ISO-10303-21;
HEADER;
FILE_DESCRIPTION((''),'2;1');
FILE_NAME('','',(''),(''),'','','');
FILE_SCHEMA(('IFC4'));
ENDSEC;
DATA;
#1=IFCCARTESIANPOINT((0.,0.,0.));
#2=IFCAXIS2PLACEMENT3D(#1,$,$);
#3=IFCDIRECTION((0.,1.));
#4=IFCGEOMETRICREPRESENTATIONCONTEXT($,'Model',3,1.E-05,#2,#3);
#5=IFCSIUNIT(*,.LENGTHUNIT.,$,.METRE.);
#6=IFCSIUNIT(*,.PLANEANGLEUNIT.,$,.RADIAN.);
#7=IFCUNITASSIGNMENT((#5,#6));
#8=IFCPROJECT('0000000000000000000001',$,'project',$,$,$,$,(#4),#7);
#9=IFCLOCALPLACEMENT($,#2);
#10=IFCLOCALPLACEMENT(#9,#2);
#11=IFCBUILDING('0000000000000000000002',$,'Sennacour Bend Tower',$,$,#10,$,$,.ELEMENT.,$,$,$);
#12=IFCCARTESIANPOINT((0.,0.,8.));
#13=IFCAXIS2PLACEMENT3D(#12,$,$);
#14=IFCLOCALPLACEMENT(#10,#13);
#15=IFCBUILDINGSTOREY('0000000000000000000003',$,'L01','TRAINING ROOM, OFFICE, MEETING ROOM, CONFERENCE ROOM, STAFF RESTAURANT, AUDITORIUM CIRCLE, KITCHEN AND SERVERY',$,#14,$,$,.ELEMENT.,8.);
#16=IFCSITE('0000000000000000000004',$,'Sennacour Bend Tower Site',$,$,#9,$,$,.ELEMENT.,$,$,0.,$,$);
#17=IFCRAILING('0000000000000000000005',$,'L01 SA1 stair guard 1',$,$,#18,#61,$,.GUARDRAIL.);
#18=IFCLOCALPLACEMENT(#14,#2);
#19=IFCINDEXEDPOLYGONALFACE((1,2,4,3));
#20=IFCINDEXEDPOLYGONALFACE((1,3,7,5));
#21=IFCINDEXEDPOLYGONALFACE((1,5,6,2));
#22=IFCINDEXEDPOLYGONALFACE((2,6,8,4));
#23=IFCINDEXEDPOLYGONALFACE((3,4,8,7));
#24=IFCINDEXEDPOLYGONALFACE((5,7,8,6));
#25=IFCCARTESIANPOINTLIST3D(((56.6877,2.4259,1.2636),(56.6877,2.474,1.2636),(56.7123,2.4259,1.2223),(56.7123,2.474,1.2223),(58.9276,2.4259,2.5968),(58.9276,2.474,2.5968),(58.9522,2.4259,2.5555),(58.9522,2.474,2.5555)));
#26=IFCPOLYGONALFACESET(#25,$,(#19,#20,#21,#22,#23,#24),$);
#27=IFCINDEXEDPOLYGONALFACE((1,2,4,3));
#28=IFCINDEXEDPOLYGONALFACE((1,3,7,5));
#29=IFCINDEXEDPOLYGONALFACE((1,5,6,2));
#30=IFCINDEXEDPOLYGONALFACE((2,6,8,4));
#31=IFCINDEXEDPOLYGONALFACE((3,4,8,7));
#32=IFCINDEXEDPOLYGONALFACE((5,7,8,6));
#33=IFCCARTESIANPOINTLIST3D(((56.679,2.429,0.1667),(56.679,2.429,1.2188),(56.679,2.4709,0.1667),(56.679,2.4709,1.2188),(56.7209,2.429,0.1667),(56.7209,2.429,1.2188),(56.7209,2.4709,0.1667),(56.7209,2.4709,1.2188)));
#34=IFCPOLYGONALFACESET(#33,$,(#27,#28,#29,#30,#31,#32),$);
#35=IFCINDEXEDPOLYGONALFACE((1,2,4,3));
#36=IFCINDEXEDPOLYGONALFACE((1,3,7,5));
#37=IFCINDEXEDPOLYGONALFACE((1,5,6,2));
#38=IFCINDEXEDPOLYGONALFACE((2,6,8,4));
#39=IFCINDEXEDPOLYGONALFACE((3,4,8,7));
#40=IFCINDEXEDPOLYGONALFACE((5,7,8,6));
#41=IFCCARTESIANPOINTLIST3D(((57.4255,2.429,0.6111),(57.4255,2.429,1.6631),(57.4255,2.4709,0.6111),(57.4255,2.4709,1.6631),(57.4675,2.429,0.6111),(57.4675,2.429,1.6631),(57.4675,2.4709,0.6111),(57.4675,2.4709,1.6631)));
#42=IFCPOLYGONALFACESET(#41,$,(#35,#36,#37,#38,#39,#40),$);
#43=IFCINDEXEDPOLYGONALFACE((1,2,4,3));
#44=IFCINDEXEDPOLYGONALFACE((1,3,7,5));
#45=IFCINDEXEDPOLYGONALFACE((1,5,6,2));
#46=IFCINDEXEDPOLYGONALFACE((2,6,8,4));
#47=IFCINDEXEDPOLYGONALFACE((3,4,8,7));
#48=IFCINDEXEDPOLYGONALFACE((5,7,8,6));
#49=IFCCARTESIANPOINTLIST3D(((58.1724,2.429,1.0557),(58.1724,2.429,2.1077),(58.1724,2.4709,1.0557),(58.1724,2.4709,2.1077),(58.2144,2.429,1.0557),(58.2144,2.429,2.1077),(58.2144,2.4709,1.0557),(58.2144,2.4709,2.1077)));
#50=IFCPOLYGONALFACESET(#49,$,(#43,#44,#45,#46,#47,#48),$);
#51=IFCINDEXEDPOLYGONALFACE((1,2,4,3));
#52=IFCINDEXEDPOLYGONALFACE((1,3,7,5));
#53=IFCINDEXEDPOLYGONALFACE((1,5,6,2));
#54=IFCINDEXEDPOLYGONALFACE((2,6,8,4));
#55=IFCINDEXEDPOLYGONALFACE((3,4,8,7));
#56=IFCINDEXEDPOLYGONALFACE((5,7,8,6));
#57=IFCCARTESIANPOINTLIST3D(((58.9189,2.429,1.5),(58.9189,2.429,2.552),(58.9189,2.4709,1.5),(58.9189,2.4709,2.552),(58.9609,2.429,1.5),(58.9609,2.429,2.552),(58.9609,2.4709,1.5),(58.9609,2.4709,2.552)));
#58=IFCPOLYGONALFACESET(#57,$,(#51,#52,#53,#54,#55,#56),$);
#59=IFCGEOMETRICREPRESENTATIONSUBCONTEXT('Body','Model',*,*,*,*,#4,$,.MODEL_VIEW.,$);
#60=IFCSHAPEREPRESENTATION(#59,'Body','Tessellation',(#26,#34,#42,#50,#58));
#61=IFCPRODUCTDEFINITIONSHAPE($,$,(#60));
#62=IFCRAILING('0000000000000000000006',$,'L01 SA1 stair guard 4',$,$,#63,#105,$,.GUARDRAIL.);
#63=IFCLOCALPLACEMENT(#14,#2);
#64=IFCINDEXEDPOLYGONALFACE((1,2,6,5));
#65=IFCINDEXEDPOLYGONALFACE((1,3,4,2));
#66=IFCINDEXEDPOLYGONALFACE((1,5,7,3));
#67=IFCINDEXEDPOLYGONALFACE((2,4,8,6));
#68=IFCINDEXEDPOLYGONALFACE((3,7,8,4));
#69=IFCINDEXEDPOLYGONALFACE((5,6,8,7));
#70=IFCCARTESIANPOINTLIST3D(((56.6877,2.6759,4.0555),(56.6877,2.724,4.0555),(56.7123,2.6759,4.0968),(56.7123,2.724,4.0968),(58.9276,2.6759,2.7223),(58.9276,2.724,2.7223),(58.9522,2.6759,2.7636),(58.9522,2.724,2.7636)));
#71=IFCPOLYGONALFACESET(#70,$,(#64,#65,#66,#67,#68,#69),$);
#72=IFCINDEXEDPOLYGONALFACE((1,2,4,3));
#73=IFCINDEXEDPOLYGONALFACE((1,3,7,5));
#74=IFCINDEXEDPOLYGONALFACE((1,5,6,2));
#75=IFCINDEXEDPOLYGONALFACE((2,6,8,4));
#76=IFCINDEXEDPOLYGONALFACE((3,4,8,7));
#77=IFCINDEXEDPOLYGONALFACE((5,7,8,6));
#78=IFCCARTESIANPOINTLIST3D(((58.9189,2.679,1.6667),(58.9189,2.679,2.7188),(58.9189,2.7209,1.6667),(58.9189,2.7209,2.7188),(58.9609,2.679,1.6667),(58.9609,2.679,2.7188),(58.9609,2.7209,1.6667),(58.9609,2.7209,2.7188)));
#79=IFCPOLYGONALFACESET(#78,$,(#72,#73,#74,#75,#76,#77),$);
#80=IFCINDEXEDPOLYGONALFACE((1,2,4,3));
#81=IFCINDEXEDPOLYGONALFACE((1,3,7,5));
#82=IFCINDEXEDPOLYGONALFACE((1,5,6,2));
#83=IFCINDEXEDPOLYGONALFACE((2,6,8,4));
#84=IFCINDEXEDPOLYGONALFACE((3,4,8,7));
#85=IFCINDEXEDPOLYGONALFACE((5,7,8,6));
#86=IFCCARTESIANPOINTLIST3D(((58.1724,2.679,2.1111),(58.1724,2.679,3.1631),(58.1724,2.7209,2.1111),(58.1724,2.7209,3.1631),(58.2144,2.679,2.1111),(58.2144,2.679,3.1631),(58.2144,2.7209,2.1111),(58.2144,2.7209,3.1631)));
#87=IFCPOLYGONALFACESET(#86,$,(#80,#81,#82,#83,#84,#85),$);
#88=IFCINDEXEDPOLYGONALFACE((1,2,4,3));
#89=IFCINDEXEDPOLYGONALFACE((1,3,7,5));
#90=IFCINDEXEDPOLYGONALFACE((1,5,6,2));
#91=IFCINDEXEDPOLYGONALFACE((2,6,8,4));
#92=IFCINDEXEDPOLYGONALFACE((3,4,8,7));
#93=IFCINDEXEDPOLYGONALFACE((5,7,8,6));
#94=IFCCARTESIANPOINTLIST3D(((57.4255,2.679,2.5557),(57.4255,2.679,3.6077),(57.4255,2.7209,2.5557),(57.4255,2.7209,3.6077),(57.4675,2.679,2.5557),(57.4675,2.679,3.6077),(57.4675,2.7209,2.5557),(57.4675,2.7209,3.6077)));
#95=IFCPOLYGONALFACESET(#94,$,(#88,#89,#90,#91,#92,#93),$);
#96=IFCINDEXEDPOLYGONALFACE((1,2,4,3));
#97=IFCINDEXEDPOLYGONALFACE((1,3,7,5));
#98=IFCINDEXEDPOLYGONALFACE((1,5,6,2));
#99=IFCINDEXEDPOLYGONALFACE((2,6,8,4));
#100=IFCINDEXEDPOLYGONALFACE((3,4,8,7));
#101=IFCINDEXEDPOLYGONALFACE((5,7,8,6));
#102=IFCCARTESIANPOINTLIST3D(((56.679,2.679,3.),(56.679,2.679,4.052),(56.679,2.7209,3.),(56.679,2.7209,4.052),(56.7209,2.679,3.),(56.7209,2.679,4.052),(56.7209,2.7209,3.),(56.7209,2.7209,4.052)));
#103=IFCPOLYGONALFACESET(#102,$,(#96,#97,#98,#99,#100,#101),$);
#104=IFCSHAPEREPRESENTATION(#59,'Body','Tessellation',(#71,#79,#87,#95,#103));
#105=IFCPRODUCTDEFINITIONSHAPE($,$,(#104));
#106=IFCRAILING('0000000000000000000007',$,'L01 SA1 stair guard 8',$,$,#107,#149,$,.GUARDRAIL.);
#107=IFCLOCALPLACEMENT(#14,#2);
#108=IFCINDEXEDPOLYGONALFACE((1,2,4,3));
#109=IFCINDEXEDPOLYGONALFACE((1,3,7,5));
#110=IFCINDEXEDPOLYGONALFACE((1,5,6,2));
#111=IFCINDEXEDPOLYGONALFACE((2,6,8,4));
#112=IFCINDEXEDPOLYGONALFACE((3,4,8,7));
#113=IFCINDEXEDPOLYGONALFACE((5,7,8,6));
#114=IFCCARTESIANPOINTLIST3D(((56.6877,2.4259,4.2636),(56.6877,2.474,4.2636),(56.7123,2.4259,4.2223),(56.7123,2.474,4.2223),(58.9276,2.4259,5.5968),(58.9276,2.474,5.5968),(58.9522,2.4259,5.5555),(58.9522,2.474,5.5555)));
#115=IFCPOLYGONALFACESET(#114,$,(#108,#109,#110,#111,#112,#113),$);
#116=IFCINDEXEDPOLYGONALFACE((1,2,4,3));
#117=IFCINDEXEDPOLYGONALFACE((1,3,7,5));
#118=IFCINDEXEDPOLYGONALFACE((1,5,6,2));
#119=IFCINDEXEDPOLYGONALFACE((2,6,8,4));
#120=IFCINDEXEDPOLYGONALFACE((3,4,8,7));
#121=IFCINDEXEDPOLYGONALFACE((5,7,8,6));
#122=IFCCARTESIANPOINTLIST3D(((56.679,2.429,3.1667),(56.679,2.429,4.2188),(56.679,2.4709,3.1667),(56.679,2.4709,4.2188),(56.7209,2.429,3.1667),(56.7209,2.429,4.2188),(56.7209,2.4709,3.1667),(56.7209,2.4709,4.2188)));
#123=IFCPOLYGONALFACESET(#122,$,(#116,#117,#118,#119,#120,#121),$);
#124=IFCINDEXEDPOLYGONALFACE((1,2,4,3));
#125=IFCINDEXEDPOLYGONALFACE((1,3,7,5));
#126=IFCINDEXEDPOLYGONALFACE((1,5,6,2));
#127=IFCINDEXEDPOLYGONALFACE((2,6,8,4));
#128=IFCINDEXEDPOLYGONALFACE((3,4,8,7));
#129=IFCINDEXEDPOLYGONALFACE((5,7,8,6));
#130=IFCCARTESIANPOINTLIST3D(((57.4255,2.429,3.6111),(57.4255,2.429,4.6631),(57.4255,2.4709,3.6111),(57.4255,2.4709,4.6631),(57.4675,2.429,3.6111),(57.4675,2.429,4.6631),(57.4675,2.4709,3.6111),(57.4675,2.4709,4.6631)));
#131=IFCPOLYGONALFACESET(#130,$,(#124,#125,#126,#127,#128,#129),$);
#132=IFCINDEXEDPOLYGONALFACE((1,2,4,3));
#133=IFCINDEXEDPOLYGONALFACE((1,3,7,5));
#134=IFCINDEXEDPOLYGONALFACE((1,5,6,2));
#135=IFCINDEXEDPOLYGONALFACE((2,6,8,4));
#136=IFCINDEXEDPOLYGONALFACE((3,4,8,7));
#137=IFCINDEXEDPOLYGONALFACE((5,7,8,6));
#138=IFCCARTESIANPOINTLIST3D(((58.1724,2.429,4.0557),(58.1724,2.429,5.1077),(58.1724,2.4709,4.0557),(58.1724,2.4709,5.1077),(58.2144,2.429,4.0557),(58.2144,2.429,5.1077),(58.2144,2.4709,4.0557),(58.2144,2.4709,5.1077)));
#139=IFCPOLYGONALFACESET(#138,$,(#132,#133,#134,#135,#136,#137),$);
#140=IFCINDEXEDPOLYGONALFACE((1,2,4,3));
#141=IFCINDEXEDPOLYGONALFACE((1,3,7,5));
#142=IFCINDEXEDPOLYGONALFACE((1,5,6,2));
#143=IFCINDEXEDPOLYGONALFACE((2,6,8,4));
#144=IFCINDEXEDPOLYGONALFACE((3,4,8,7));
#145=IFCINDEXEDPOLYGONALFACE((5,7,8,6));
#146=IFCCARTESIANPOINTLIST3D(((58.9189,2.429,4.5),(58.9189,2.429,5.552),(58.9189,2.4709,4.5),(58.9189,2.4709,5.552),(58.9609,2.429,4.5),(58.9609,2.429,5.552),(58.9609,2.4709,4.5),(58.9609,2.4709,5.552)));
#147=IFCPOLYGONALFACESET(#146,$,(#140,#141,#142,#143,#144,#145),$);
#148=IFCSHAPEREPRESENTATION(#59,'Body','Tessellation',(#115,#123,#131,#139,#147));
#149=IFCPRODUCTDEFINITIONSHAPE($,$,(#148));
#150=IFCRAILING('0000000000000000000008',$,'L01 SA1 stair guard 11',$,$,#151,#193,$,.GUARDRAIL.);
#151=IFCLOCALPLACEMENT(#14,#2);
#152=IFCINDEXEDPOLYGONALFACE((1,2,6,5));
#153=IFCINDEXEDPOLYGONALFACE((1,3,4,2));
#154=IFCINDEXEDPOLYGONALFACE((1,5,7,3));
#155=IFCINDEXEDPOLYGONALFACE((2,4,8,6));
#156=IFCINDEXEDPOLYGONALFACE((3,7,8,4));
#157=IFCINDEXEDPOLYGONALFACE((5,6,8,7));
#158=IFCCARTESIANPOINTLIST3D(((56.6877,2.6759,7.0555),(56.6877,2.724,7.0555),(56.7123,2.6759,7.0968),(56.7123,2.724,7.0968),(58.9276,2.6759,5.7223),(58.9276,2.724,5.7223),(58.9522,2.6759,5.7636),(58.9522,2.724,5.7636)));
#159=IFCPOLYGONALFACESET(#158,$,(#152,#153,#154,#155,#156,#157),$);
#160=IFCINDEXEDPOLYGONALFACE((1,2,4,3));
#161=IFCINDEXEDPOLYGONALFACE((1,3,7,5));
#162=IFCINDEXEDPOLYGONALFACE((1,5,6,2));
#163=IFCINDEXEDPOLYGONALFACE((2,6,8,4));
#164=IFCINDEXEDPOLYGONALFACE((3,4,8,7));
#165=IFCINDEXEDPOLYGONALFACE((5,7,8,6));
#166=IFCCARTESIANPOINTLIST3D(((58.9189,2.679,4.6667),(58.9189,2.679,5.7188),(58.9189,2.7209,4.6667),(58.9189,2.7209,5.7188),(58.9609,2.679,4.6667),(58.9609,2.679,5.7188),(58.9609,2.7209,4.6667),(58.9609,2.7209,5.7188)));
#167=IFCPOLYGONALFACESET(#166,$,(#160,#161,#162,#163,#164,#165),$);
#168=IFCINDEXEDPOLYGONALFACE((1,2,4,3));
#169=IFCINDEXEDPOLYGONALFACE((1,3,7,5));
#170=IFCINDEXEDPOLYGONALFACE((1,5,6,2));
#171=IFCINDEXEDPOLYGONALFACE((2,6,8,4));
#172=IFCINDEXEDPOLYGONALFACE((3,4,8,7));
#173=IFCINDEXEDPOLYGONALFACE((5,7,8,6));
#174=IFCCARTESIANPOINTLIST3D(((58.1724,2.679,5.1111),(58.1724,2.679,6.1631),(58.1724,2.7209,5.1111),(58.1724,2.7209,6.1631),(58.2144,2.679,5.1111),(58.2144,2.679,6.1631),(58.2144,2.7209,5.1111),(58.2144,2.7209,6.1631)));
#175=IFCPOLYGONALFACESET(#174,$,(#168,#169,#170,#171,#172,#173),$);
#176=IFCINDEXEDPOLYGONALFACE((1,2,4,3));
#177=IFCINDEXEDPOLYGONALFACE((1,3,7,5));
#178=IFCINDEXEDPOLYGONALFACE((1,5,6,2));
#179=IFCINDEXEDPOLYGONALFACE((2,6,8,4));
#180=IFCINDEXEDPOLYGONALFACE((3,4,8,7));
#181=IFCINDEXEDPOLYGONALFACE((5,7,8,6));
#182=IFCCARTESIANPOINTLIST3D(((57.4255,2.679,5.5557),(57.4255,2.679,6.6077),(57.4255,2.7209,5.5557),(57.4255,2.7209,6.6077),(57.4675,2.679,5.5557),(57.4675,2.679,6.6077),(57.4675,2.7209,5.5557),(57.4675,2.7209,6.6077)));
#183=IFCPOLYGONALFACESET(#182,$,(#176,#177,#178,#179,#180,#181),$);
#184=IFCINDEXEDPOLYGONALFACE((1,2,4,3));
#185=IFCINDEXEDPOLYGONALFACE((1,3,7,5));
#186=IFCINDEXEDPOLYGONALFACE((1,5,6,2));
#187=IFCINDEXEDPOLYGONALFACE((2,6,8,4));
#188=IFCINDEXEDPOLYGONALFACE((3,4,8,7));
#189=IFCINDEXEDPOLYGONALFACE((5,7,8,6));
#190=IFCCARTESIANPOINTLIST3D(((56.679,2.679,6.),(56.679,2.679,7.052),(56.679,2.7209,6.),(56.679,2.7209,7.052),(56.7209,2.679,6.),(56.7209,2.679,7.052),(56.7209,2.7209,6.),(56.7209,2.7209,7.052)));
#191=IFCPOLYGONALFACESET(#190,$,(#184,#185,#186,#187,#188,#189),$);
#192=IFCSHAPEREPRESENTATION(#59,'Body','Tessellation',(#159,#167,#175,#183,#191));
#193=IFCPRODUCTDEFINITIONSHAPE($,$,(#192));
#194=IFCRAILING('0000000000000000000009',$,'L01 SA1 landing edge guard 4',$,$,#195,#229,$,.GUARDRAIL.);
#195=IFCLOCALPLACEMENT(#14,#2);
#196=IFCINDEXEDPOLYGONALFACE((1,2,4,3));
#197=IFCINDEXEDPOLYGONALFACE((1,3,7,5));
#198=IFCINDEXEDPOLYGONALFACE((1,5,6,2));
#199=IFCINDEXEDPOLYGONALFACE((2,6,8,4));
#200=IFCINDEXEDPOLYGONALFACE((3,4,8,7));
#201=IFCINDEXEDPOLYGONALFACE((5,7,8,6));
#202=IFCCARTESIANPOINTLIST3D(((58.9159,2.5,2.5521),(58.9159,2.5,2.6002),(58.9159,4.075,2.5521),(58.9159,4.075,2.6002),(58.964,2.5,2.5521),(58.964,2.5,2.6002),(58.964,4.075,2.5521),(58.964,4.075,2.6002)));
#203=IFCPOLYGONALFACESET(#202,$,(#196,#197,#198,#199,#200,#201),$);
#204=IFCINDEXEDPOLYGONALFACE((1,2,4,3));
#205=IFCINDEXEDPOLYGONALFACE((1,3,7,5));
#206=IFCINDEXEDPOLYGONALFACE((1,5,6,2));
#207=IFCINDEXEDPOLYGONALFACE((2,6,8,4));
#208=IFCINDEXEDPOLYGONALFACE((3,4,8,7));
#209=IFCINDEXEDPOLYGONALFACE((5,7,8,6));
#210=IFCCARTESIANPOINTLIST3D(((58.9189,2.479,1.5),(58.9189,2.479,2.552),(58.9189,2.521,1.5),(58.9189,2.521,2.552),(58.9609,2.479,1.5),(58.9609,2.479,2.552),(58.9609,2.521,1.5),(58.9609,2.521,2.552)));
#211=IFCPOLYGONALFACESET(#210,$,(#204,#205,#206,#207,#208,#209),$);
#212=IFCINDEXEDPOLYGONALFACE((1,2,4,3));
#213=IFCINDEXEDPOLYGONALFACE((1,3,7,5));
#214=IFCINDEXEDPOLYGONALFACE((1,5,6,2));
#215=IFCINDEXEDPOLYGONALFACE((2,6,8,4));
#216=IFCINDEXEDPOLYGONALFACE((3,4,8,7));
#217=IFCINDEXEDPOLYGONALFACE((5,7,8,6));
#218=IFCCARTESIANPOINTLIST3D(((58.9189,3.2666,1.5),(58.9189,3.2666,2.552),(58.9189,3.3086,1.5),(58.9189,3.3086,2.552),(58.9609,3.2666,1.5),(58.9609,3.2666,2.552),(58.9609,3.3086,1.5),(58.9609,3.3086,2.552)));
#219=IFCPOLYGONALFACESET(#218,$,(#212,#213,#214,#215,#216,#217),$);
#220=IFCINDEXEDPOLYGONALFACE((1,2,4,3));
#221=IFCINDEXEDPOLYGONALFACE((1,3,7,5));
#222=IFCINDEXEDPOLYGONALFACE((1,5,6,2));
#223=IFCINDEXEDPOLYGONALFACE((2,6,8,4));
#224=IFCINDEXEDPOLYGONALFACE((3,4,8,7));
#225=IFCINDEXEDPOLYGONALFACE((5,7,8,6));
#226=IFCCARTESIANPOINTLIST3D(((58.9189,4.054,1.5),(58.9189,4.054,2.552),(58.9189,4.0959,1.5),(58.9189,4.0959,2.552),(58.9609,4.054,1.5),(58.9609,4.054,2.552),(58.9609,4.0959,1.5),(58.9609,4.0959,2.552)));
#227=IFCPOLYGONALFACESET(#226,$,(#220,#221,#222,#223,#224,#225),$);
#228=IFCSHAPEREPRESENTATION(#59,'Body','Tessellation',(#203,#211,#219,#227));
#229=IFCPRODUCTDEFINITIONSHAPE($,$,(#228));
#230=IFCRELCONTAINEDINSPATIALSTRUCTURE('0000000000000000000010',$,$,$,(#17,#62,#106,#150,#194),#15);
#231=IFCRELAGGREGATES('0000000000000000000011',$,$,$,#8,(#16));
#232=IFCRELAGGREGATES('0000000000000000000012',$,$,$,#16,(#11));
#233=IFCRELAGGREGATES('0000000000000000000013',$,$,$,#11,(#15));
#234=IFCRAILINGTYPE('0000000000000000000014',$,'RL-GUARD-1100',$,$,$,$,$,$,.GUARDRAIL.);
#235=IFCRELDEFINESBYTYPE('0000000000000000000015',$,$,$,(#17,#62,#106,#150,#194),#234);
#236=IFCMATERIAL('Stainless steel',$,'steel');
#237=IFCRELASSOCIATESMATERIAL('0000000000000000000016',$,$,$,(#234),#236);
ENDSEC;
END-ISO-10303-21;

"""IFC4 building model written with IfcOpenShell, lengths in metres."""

from ifc_helpers import new_model, si_unit, direction, frame, origin, origin_2d, place, context, subcontext, project, spatial, rectangle, extrude, material, type_object, element, save


model = new_model("IFC4")

# Units and contexts
model_context = context("Model", 3, precision=1e-05, world=origin(), true_north=direction((0.0, 1.0)))
body_context = subcontext(model_context, "Body", "Model", "MODEL_VIEW")
ifc_project = project(units=[si_unit("LENGTHUNIT", "METRE"), si_unit("PLANEANGLEUNIT", "RADIAN")], contexts=[model_context])

# Site, building, storey
site_placement = place(None, origin())
site = spatial("IfcSite", under=ifc_project, at=site_placement, Name="Sennacour Bend Tower Site", CompositionType="ELEMENT", RefElevation=0.0)
building_placement = place(site_placement, origin())
building = spatial("IfcBuilding", under=site, at=building_placement, Name="Sennacour Bend Tower", CompositionType="ELEMENT")
storey_placement = place(building_placement, frame((0.0, 0.0, 8.0)))
storey = spatial("IfcBuildingStorey", under=building, at=storey_placement, Name="L01", Description="TRAINING ROOM, OFFICE, MEETING ROOM, CONFERENCE ROOM, STAFF RESTAURANT, AUDITORIUM CIRCLE, KITCHEN AND SERVERY", CompositionType="ELEMENT", Elevation=8.0)

# Shared definitions
ifc_material_1 = material(Name="Stainless steel", Category="steel")

# Railings
railing_type = type_object("IfcRailingType", Name="RL-GUARD-1100", PredefinedType="GUARDRAIL", material=ifc_material_1)
railing_1_placement = place(storey_placement, frame((56.7, 2.45, 0.1667)))
element("IfcRailing", 1, at=railing_1_placement, inside=storey, type_object=railing_type, Name="L01 SA1 stair guard 1", PredefinedType="GUARDRAIL", context=body_context, shape_type="SweptSolid", body=[
    extrude(rectangle(XDim=0.0481, YDim=0.0481, at=origin_2d()), frame((0.0, 0.0, 1.0762), z_axis=(0.859306, 0.0, 0.511462), x_axis=(0.0, 1.0, 0.0)), (0.0, 0.0, 1.0), 2.6067),
    extrude(rectangle(XDim=0.042, YDim=0.042, at=origin_2d()), origin(), (0.0, 0.0, 1.0), 1.052),
    extrude(rectangle(XDim=0.042, YDim=0.042, at=origin_2d()), frame((0.7466, 0.0, 0.4443)), (0.0, 0.0, 1.0), 1.052),
    extrude(rectangle(XDim=0.042, YDim=0.042, at=origin_2d()), frame((1.4934, 0.0, 0.8889)), (0.0, 0.0, 1.0), 1.052),
    extrude(rectangle(XDim=0.042, YDim=0.042, at=origin_2d()), frame((2.24, 0.0, 1.3333)), (0.0, 0.0, 1.0), 1.052),
])
railing_2_placement = place(storey_placement, frame((58.9399, 2.7, 1.6667)))
element("IfcRailing", 2, at=railing_2_placement, inside=storey, type_object=railing_type, Name="L01 SA1 stair guard 4", PredefinedType="GUARDRAIL", context=body_context, shape_type="SweptSolid", body=[
    extrude(rectangle(XDim=0.0481, YDim=0.0481, at=origin_2d()), frame((0.0, 0.0, 1.0762), z_axis=(-0.859306, 0.0, 0.511462), x_axis=(0.0, -1.0, 0.0)), (0.0, 0.0, 1.0), 2.6067),
    extrude(rectangle(XDim=0.042, YDim=0.042, at=origin_2d()), origin(), (0.0, 0.0, 1.0), 1.052),
    extrude(rectangle(XDim=0.042, YDim=0.042, at=origin_2d()), frame((-0.7466, 0.0, 0.4443)), (0.0, 0.0, 1.0), 1.052),
    extrude(rectangle(XDim=0.042, YDim=0.042, at=origin_2d()), frame((-1.4934, 0.0, 0.8889)), (0.0, 0.0, 1.0), 1.052),
    extrude(rectangle(XDim=0.042, YDim=0.042, at=origin_2d()), frame((-2.24, 0.0, 1.3333)), (0.0, 0.0, 1.0), 1.052),
])
railing_3_placement = place(storey_placement, frame((56.7, 2.45, 3.1667)))
element("IfcRailing", 3, at=railing_3_placement, inside=storey, type_object=railing_type, Name="L01 SA1 stair guard 8", PredefinedType="GUARDRAIL", context=body_context, shape_type="SweptSolid", body=[
    extrude(rectangle(XDim=0.0481, YDim=0.0481, at=origin_2d()), frame((0.0, 0.0, 1.0762), z_axis=(0.859306, 0.0, 0.511462), x_axis=(0.0, 1.0, 0.0)), (0.0, 0.0, 1.0), 2.6067),
    extrude(rectangle(XDim=0.042, YDim=0.042, at=origin_2d()), origin(), (0.0, 0.0, 1.0), 1.052),
    extrude(rectangle(XDim=0.042, YDim=0.042, at=origin_2d()), frame((0.7466, 0.0, 0.4443)), (0.0, 0.0, 1.0), 1.052),
    extrude(rectangle(XDim=0.042, YDim=0.042, at=origin_2d()), frame((1.4934, 0.0, 0.8889)), (0.0, 0.0, 1.0), 1.052),
    extrude(rectangle(XDim=0.042, YDim=0.042, at=origin_2d()), frame((2.24, 0.0, 1.3333)), (0.0, 0.0, 1.0), 1.052),
])
railing_4_placement = place(storey_placement, frame((58.9399, 2.7, 4.6667)))
element("IfcRailing", 4, at=railing_4_placement, inside=storey, type_object=railing_type, Name="L01 SA1 stair guard 11", PredefinedType="GUARDRAIL", context=body_context, shape_type="SweptSolid", body=[
    extrude(rectangle(XDim=0.0481, YDim=0.0481, at=origin_2d()), frame((0.0, 0.0, 1.0762), z_axis=(-0.859306, 0.0, 0.511462), x_axis=(0.0, -1.0, 0.0)), (0.0, 0.0, 1.0), 2.6067),
    extrude(rectangle(XDim=0.042, YDim=0.042, at=origin_2d()), origin(), (0.0, 0.0, 1.0), 1.052),
    extrude(rectangle(XDim=0.042, YDim=0.042, at=origin_2d()), frame((-0.7466, 0.0, 0.4443)), (0.0, 0.0, 1.0), 1.052),
    extrude(rectangle(XDim=0.042, YDim=0.042, at=origin_2d()), frame((-1.4934, 0.0, 0.8889)), (0.0, 0.0, 1.0), 1.052),
    extrude(rectangle(XDim=0.042, YDim=0.042, at=origin_2d()), frame((-2.24, 0.0, 1.3333)), (0.0, 0.0, 1.0), 1.052),
])
railing_5_placement = place(storey_placement, frame((58.9399, 2.5, 1.5)))
element("IfcRailing", 5, at=railing_5_placement, inside=storey, type_object=railing_type, Name="L01 SA1 landing edge guard 4", PredefinedType="GUARDRAIL", context=body_context, shape_type="SweptSolid", body=[
    extrude(rectangle(XDim=0.0481, YDim=0.0481, at=origin_2d()), frame((0.0, 0.0, 1.0762), z_axis=(0.0, 1.0, 0.0), x_axis=(-1.0, 0.0, 0.0)), (0.0, 0.0, 1.0), 1.575),
    extrude(rectangle(XDim=0.042, YDim=0.042, at=origin_2d()), origin(), (0.0, 0.0, 1.0), 1.052),
    extrude(rectangle(XDim=0.042, YDim=0.042, at=origin_2d()), frame((0.0, 0.7876, 0.0)), (0.0, 0.0, 1.0), 1.052),
    extrude(rectangle(XDim=0.042, YDim=0.042, at=origin_2d()), frame((0.0, 1.575, 0.0)), (0.0, 0.0, 1.0), 1.052),
])

save(model, "model.ifc")
